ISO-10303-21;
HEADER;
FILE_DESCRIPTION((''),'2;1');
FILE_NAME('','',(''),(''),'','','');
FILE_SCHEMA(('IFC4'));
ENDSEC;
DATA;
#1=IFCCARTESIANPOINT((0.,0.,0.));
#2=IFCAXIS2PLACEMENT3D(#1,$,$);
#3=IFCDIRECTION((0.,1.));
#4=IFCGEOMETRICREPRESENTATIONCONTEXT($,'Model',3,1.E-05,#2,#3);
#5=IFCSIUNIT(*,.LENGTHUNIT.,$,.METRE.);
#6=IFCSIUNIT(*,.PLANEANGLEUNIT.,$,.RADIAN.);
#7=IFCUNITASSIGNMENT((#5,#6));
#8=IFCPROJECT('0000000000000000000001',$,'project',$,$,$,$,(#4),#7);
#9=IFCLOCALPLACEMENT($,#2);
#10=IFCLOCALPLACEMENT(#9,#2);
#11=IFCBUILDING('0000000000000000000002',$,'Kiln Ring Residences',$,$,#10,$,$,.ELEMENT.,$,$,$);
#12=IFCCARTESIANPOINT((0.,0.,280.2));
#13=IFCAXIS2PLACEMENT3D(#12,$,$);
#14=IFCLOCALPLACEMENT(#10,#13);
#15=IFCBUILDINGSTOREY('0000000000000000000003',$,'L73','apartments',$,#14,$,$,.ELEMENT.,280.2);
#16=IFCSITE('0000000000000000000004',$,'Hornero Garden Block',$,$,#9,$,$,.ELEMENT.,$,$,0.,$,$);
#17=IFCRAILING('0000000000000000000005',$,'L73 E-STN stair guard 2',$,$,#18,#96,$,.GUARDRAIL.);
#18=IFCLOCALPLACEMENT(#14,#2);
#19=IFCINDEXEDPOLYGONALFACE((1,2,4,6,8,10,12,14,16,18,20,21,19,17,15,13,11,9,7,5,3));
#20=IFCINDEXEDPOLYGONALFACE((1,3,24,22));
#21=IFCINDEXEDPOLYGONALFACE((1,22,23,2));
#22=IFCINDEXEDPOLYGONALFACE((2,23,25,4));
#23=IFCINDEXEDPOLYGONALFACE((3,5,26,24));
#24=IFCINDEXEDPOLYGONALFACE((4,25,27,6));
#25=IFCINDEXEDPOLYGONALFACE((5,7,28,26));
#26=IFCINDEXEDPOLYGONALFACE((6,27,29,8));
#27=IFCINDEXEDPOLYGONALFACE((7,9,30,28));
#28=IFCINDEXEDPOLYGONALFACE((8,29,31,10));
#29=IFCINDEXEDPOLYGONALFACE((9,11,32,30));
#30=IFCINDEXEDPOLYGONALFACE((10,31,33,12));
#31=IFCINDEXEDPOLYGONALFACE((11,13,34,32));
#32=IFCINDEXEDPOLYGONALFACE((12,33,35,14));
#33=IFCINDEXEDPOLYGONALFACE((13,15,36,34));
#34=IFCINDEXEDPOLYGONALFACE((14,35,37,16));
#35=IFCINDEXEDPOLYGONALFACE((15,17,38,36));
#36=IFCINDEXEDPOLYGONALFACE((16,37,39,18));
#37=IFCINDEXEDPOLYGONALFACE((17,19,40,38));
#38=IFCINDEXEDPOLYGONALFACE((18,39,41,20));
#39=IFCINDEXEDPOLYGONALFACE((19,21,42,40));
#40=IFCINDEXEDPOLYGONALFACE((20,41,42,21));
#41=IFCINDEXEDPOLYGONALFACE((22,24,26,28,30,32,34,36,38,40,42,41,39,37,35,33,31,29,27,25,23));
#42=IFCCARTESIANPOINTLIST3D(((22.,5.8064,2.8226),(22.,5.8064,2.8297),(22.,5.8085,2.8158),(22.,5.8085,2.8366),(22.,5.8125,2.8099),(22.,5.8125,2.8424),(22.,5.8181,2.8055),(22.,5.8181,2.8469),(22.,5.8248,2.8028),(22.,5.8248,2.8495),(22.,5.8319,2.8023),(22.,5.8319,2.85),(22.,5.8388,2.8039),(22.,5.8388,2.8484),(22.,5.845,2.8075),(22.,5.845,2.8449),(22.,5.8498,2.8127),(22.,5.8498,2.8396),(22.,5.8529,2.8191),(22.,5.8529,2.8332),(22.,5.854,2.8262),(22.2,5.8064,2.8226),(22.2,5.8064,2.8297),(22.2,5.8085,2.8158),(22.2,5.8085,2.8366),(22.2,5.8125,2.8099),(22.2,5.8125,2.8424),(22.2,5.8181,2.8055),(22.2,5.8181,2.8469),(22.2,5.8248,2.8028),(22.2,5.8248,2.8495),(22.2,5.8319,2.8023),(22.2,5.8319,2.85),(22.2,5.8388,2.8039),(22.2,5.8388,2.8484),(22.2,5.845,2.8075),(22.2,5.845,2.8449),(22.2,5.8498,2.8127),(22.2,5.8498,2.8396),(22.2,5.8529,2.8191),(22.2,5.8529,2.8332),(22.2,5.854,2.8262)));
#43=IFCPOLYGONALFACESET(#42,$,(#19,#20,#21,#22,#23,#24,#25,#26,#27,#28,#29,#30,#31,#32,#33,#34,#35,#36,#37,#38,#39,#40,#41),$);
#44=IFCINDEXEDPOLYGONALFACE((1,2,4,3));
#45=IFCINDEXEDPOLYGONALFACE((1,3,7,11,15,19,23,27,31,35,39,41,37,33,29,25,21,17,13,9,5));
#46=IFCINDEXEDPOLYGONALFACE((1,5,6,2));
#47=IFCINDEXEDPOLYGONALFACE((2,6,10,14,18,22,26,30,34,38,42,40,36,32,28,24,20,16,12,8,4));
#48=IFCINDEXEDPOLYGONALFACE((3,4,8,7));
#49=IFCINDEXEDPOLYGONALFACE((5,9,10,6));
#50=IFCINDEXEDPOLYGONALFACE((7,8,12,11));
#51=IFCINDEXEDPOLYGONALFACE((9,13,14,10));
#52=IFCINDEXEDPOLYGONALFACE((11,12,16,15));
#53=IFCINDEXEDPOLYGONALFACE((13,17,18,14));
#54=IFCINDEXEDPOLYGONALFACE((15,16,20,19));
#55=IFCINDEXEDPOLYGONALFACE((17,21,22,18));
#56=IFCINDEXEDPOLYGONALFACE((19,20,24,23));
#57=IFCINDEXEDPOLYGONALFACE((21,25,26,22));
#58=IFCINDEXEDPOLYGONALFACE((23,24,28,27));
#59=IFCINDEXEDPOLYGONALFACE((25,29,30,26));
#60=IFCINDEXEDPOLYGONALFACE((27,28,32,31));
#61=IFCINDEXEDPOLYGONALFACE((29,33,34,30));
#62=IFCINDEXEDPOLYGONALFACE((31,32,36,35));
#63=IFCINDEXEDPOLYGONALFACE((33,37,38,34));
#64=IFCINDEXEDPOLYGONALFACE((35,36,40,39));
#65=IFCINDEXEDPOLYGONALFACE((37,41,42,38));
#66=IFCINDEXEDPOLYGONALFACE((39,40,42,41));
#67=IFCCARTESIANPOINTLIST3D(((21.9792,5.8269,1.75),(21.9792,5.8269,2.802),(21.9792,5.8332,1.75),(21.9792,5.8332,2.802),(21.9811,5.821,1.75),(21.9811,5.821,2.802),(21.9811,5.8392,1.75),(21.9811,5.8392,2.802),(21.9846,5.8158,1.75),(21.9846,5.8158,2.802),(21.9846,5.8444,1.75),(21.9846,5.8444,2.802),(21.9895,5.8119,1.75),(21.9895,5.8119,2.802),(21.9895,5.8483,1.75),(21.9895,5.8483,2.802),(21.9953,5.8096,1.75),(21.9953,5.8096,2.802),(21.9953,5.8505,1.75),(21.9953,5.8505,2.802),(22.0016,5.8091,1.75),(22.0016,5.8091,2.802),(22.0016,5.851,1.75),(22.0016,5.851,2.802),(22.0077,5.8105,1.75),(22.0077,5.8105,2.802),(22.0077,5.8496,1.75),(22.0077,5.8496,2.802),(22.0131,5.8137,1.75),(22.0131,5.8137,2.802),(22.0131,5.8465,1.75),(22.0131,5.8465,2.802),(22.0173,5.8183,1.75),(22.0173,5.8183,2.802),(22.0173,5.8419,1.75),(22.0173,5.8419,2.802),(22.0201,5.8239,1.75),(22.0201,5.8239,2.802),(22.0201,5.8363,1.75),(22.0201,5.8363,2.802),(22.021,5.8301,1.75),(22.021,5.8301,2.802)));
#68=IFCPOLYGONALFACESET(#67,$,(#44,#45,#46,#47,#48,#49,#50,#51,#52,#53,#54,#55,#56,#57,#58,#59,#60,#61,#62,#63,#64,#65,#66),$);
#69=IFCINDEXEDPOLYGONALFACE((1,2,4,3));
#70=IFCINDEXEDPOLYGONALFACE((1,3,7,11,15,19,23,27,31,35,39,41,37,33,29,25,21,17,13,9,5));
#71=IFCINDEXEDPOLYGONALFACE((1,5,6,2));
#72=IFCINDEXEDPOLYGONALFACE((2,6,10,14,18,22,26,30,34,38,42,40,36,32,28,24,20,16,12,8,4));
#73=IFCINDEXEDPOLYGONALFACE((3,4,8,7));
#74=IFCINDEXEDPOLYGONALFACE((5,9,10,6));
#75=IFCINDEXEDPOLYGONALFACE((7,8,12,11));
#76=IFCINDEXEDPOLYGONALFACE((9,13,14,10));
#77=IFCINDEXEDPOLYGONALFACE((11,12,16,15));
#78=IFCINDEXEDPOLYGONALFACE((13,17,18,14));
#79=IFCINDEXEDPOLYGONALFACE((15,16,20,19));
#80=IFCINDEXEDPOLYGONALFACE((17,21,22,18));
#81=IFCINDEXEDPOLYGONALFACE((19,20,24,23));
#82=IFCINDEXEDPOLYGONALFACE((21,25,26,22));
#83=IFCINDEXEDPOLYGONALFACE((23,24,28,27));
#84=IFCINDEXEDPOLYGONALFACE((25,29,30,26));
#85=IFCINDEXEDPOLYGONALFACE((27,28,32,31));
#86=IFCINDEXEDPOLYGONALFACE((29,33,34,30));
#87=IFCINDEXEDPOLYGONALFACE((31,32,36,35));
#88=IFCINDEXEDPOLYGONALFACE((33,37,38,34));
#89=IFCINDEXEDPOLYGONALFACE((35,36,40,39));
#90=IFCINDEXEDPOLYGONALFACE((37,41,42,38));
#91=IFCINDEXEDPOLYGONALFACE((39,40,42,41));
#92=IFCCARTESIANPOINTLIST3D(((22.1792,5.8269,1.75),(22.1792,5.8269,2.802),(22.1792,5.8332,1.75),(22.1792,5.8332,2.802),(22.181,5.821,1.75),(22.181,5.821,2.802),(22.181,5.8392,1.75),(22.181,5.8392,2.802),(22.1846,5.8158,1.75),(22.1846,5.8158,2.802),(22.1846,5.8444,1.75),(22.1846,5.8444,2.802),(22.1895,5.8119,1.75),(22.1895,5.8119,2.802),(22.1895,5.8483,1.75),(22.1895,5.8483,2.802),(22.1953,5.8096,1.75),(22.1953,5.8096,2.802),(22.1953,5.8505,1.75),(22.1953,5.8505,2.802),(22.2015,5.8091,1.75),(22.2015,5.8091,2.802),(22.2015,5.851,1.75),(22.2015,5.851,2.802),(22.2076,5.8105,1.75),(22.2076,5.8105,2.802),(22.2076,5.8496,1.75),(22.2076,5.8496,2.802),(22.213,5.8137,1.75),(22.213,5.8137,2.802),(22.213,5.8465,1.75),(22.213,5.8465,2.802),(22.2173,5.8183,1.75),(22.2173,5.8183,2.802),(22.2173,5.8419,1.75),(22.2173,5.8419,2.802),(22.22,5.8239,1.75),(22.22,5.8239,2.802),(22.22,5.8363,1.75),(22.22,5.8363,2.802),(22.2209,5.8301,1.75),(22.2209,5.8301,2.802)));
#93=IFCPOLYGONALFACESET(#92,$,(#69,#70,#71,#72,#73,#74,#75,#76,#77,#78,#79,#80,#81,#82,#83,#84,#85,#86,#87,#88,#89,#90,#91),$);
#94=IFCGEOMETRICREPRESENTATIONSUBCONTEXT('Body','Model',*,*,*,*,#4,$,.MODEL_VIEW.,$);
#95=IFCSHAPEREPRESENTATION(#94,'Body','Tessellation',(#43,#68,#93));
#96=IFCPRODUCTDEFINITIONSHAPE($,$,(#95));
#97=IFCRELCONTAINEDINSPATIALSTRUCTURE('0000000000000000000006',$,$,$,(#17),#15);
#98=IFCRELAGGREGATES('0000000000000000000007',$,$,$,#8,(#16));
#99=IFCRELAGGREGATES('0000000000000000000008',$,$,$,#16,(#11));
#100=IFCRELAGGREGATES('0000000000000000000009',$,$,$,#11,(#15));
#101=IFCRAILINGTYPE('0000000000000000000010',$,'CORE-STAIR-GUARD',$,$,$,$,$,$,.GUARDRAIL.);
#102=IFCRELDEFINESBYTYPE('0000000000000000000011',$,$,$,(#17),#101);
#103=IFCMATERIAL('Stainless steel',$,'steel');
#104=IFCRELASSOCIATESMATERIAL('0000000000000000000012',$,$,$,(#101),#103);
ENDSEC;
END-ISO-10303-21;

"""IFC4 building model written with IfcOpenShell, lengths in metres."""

from ifc_helpers import new_model, si_unit, direction, frame, origin, origin_2d, place, context, subcontext, project, spatial, circle, extrude, material, type_object, element, save


model = new_model("IFC4")

# Units and contexts
model_context = context("Model", 3, precision=1e-05, world=origin(), true_north=direction((0.0, 1.0)))
body_context = subcontext(model_context, "Body", "Model", "MODEL_VIEW")
ifc_project = project(units=[si_unit("LENGTHUNIT", "METRE"), si_unit("PLANEANGLEUNIT", "RADIAN")], contexts=[model_context])

# Site, building, storey
site_placement = place(None, origin())
site = spatial("IfcSite", under=ifc_project, at=site_placement, Name="Hornero Garden Block", CompositionType="ELEMENT", RefElevation=0.0)
building_placement = place(site_placement, origin())
building = spatial("IfcBuilding", under=site, at=building_placement, Name="Kiln Ring Residences", CompositionType="ELEMENT")
storey_placement = place(building_placement, frame((0.0, 0.0, 280.2)))
storey = spatial("IfcBuildingStorey", under=building, at=storey_placement, Name="L73", Description="apartments", CompositionType="ELEMENT", Elevation=280.2)

# Railing
ifc_material_1 = material(Name="Stainless steel", Category="steel")
railing_type_1 = type_object("IfcRailingType", Name="CORE-STAIR-GUARD", PredefinedType="GUARDRAIL", material=ifc_material_1)
railing_1_placement = place(storey_placement, frame((22.0, 5.8301, 1.75)))
element("IfcRailing", 1, at=railing_1_placement, inside=storey, type_object=railing_type_1, Name="L73 E-STN stair guard 2", PredefinedType="GUARDRAIL", context=body_context, shape_type="SweptSolid", body=[
    extrude(circle(Radius=0.0239, at=origin_2d()), frame((0.0, 0.0, 1.0762), z_axis=(1.0, 0.0, 0.0), x_axis=(0.0, 1.0, 0.0)), (0.0, 0.0, 1.0), 0.2),
    extrude(circle(Radius=0.021, at=origin_2d()), origin(), (0.0, 0.0, 1.0), 1.052),
    extrude(circle(Radius=0.021, at=origin_2d()), frame((0.2, 0.0, 0.0)), (0.0, 0.0, 1.0), 1.052),
])

save(model, "model.ifc")
